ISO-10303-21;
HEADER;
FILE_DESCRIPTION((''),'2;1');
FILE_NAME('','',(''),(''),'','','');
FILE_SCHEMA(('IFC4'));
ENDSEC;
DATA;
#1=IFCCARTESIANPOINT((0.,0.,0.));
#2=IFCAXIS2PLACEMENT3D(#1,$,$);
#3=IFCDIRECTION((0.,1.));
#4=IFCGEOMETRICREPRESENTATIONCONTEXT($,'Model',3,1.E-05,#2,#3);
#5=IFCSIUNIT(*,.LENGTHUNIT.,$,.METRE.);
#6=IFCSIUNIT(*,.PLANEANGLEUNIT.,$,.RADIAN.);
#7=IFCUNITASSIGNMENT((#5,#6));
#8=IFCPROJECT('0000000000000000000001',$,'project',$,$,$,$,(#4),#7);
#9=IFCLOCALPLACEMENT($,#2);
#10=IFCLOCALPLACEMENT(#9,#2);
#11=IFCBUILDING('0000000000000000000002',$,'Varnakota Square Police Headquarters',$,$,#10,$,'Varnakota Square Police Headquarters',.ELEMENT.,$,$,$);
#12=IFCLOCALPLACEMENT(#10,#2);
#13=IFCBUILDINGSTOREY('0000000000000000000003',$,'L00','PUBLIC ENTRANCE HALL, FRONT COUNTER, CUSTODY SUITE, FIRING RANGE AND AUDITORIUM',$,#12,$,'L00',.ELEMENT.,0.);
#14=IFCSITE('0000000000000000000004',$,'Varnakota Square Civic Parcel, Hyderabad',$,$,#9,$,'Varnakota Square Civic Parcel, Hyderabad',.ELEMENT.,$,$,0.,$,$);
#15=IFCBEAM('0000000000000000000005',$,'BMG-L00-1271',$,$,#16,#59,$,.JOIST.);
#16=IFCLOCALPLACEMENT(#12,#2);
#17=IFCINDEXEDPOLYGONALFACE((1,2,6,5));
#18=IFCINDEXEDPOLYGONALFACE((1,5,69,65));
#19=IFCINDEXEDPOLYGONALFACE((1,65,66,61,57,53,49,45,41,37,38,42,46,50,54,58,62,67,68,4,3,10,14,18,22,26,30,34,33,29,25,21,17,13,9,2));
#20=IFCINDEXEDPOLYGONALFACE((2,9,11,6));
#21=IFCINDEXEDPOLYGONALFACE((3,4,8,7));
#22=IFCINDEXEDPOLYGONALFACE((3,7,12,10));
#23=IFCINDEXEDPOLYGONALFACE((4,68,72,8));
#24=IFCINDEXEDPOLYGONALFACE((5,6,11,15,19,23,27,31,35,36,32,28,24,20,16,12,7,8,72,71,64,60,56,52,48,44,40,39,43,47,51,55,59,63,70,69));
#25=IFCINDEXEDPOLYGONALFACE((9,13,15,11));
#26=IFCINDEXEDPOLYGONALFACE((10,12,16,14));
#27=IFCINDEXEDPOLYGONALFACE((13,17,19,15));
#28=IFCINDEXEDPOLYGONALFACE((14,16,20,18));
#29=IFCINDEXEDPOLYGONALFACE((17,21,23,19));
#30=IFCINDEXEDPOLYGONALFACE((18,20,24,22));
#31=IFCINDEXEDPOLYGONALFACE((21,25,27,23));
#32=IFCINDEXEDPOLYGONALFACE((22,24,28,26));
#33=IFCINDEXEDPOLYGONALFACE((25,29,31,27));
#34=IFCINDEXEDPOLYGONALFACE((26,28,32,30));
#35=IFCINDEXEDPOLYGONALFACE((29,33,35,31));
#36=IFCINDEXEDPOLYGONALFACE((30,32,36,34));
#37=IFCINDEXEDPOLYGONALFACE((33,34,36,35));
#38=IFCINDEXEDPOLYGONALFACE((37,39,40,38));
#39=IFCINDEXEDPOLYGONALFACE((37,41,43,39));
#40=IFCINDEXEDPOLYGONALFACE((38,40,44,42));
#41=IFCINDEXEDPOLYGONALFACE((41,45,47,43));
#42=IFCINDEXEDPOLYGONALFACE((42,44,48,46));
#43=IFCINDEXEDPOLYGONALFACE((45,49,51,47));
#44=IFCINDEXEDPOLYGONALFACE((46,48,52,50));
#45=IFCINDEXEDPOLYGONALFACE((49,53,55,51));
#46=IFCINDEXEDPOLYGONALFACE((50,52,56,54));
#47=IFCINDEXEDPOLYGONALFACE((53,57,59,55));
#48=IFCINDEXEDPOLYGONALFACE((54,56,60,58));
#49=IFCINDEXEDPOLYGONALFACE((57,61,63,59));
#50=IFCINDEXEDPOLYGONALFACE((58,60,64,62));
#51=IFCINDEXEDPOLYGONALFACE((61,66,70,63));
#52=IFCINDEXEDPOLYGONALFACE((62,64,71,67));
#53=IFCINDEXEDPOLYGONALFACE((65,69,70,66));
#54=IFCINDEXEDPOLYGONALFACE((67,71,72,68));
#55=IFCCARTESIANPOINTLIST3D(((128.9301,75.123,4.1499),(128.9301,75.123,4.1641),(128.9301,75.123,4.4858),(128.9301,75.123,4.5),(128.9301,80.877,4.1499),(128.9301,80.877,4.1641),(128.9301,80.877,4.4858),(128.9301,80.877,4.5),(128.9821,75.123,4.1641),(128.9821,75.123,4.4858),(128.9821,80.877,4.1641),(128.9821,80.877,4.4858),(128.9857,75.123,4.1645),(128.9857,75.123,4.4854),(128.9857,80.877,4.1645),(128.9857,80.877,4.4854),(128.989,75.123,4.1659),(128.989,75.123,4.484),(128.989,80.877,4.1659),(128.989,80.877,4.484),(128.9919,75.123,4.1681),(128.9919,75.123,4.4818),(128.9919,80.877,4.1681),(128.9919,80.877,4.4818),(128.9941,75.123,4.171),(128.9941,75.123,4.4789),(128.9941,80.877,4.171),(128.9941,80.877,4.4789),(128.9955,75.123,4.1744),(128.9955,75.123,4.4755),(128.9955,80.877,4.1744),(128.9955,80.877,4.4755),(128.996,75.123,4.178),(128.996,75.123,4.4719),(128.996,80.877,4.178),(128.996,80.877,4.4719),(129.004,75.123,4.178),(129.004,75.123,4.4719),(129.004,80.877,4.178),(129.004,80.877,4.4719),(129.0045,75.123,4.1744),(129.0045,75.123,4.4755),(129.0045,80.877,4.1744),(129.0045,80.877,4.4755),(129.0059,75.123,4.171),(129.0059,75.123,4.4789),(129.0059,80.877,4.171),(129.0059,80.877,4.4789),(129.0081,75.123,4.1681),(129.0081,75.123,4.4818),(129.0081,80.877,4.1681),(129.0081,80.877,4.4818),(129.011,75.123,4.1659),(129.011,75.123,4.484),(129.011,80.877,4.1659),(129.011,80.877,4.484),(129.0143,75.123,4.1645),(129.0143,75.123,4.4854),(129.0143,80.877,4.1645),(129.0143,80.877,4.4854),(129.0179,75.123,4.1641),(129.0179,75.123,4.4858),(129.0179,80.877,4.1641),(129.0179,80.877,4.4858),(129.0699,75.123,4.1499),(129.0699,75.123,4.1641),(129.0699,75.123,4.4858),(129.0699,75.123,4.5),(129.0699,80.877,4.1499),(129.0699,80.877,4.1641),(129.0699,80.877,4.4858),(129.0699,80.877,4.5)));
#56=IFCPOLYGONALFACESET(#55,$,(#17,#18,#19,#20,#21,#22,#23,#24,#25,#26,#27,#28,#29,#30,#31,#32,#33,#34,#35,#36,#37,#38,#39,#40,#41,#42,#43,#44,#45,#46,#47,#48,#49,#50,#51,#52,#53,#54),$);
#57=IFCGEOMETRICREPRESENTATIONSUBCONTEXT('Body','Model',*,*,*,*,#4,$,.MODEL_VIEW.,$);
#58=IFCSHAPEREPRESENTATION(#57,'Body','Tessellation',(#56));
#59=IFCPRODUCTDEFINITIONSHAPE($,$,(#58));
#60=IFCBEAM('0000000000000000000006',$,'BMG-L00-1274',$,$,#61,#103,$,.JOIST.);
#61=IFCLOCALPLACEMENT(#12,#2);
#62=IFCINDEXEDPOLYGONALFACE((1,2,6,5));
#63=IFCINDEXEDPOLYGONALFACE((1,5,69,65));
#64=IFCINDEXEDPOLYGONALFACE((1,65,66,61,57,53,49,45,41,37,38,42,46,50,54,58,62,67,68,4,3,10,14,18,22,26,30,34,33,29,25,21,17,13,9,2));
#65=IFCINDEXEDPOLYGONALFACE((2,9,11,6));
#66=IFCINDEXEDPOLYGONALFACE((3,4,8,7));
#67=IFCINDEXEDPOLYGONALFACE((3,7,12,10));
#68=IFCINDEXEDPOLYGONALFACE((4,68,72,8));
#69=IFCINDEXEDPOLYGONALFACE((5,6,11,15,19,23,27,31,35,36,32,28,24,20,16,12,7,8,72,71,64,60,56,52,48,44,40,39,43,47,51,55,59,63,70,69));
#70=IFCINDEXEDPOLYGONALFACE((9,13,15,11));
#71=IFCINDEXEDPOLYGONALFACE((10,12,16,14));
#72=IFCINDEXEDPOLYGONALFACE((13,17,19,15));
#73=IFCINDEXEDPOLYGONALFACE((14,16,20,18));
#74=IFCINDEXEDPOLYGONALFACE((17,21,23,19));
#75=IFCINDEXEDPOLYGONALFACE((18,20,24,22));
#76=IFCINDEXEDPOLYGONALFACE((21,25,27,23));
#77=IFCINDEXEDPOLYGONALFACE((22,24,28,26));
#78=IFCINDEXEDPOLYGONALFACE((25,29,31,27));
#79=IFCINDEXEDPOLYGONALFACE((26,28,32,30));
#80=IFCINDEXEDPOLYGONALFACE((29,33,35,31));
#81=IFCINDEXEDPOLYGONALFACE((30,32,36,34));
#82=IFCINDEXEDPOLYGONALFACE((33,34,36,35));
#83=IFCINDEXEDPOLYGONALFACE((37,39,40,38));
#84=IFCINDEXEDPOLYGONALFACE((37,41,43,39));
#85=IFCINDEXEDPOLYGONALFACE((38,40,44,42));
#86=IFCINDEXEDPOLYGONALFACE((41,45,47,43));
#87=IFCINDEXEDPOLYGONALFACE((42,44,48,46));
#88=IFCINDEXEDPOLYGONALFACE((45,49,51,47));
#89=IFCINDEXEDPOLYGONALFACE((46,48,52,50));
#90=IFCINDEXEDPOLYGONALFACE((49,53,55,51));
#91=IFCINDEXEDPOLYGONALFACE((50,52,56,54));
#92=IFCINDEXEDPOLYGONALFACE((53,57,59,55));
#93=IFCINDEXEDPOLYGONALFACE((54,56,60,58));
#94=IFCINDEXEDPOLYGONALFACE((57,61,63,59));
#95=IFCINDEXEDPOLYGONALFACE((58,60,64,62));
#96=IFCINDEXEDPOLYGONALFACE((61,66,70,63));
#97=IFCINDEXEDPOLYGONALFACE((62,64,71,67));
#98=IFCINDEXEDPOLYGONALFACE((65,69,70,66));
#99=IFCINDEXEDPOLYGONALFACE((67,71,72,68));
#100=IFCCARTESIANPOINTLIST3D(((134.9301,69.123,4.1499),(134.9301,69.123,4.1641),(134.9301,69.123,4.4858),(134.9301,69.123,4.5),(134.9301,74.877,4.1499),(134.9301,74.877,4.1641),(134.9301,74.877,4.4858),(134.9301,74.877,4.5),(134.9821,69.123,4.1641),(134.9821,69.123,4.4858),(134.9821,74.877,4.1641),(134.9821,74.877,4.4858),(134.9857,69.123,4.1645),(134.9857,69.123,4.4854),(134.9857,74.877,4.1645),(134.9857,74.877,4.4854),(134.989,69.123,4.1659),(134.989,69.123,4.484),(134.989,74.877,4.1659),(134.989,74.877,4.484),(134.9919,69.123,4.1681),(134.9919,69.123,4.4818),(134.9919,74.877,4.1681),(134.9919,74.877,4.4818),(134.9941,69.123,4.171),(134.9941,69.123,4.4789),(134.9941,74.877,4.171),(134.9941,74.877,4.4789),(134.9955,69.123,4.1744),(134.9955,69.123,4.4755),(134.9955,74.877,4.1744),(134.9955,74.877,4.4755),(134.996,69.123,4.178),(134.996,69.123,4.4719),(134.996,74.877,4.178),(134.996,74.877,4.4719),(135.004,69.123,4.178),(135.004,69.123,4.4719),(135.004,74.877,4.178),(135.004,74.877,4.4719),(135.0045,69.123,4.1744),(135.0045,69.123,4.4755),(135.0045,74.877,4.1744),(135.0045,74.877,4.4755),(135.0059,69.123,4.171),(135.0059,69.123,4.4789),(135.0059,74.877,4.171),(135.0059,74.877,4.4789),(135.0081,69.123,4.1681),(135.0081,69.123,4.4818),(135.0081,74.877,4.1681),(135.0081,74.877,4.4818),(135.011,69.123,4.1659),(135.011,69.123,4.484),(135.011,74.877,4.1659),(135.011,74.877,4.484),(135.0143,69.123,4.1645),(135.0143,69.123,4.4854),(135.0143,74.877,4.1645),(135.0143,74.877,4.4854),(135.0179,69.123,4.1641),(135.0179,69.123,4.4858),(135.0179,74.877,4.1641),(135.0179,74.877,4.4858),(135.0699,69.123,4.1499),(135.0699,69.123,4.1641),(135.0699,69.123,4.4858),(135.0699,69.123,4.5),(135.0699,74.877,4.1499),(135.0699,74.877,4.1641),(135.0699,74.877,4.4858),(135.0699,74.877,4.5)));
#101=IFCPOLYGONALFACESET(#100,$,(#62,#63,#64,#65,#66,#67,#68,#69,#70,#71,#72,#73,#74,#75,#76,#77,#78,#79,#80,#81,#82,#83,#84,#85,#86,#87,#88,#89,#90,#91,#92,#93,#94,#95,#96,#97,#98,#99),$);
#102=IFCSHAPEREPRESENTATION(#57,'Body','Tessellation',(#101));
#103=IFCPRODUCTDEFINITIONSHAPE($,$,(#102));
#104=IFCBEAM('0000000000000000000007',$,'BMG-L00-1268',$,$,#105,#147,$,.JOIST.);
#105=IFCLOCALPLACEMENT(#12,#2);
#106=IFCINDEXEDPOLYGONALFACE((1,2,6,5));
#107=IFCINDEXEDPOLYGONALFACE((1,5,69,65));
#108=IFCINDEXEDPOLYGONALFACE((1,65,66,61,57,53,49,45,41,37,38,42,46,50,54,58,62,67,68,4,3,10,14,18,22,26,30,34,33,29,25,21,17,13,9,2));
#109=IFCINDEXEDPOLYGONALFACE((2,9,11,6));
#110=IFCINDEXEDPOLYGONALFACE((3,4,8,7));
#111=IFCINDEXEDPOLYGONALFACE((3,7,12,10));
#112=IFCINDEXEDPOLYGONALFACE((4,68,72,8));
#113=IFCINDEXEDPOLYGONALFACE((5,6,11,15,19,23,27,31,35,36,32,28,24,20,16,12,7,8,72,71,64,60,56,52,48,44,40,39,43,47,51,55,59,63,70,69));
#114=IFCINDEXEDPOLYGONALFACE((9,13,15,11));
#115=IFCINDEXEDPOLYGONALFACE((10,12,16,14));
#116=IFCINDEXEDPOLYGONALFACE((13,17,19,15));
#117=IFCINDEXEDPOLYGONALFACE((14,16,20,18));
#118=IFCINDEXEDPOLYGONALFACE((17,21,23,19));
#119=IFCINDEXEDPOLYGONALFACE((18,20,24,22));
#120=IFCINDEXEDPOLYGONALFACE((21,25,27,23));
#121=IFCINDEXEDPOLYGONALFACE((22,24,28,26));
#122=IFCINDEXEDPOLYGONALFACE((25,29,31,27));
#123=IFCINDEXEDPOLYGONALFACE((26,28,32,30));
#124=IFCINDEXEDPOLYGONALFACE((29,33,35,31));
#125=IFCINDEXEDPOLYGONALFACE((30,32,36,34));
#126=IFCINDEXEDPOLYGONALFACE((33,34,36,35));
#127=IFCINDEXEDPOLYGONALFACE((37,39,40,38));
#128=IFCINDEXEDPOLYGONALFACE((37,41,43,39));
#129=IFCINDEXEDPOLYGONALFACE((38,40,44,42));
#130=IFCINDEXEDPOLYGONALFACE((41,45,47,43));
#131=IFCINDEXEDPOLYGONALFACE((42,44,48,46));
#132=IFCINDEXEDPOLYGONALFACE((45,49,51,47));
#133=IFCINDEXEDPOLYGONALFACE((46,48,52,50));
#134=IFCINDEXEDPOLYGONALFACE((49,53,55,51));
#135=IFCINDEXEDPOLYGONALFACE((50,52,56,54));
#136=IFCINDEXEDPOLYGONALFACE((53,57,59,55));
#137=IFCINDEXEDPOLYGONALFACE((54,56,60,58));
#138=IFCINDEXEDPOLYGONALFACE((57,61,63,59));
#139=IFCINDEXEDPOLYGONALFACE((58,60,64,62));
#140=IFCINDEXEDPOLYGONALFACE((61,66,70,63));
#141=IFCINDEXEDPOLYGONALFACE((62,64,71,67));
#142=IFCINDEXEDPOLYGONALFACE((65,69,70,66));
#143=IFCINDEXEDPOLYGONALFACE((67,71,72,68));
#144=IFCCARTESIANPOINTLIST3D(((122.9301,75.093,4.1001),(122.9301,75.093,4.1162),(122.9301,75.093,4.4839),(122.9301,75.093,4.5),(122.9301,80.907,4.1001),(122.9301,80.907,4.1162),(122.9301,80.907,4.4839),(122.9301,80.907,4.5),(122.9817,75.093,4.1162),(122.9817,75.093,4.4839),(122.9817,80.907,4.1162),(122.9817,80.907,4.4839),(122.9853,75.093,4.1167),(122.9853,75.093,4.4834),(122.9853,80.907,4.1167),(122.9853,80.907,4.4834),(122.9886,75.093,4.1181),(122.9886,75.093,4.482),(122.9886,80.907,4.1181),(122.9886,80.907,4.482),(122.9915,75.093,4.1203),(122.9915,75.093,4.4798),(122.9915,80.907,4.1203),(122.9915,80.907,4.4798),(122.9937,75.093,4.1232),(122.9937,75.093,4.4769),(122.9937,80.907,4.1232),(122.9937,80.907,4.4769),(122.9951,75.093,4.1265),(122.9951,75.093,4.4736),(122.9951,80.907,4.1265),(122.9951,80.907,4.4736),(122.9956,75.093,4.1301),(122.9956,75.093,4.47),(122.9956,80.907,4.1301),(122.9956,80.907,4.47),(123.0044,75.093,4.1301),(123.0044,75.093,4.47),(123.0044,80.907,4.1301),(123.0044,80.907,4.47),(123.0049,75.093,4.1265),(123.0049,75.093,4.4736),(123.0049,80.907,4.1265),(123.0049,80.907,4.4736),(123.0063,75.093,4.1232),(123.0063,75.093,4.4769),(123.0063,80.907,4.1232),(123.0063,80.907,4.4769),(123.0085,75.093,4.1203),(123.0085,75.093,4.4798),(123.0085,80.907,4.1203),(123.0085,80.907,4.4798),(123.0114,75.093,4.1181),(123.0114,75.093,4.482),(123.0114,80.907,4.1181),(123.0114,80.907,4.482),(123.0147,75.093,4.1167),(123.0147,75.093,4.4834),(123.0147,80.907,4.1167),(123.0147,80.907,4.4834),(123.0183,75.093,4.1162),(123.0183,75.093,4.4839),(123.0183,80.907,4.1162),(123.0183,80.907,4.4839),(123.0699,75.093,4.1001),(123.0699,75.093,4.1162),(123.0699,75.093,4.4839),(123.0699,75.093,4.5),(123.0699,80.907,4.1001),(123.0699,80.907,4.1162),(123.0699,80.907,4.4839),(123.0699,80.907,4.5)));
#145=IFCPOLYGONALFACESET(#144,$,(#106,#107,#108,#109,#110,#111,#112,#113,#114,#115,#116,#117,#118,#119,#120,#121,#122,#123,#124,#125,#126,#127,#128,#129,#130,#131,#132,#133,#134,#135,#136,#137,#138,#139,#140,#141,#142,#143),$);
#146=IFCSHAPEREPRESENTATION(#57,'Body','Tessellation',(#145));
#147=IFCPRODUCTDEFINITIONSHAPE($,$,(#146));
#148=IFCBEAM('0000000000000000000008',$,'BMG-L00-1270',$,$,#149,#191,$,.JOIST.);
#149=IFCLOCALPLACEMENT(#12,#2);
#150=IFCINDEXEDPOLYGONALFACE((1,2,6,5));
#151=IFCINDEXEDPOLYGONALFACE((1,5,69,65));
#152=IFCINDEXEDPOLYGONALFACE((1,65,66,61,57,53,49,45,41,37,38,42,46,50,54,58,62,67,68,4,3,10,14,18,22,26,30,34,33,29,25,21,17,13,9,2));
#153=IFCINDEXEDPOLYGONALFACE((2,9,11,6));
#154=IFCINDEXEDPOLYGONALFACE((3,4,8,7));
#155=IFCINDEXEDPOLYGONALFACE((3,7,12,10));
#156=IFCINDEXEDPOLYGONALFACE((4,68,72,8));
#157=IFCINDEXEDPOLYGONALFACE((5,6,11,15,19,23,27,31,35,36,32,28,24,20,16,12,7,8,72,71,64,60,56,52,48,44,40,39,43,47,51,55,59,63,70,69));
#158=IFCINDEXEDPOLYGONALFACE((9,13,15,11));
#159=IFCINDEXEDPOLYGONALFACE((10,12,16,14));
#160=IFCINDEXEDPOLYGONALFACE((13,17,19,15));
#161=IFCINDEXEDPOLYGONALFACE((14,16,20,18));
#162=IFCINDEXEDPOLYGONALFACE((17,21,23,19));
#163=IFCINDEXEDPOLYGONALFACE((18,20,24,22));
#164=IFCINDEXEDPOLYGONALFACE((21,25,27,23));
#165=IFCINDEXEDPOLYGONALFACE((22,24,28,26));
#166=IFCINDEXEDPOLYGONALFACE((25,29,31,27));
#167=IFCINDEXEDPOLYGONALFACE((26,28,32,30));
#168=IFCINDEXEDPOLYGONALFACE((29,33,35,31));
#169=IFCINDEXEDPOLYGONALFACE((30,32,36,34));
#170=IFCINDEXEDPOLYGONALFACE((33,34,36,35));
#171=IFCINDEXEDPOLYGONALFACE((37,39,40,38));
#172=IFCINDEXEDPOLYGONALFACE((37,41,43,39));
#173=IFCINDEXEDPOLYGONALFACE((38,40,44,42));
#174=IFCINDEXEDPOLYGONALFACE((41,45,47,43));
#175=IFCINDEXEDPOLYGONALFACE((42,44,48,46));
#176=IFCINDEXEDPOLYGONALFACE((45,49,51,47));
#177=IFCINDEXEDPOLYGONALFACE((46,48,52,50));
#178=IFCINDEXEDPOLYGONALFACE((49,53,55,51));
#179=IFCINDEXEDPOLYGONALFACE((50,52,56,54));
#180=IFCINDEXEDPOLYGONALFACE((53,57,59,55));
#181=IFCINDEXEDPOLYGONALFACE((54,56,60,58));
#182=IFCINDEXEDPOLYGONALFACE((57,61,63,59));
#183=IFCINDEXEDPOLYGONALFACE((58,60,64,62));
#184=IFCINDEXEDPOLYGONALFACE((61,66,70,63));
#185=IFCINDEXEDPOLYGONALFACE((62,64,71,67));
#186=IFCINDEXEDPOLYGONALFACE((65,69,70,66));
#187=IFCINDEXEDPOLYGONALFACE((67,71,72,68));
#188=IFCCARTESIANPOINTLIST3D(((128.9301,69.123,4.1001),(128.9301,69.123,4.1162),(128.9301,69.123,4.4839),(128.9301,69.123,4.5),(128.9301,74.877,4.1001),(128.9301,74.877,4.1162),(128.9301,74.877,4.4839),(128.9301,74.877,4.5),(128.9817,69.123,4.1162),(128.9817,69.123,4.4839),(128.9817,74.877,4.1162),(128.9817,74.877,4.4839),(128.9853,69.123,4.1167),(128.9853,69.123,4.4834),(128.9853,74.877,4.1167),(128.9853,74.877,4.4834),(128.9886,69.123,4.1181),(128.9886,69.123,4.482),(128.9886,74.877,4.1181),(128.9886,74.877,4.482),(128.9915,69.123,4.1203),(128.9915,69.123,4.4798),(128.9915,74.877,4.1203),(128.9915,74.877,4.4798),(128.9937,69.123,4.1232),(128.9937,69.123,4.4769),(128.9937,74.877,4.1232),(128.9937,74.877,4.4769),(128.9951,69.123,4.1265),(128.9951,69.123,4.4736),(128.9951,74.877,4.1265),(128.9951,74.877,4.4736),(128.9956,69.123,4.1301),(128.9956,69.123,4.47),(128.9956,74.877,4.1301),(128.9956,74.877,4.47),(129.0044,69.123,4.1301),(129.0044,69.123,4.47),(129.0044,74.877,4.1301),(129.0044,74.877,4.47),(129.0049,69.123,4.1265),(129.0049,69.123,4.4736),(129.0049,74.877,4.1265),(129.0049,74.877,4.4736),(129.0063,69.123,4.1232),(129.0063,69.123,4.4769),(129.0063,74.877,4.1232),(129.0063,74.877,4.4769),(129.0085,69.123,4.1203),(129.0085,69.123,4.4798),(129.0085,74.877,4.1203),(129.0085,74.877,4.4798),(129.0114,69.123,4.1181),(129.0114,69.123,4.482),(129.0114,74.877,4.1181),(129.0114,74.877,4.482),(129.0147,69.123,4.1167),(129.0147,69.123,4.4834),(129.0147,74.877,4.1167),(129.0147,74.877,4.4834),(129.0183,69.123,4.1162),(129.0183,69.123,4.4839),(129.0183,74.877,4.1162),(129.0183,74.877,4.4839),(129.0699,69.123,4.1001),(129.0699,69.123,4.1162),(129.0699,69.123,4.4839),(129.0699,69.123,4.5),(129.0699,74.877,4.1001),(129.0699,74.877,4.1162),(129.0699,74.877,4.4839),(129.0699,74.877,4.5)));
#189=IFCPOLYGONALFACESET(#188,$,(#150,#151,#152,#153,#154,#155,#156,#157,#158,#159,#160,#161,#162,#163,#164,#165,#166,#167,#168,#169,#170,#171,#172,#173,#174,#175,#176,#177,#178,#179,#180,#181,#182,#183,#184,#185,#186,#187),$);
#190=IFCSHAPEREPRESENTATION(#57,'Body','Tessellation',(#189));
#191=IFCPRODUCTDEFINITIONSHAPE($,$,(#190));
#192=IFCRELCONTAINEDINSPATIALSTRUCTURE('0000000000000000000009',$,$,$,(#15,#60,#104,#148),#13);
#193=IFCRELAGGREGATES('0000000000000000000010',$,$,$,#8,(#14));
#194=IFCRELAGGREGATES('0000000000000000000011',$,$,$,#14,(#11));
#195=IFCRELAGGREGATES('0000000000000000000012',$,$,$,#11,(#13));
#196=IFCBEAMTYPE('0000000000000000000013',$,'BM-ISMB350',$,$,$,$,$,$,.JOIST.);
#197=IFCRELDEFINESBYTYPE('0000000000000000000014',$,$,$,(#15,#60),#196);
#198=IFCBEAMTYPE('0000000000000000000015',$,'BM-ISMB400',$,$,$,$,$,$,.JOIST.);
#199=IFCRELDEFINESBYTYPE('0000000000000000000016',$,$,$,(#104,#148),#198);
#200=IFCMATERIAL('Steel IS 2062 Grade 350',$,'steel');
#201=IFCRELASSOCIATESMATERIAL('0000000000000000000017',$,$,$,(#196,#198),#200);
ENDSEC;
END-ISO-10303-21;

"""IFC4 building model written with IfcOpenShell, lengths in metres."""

from ifc_helpers import new_model, si_unit, direction, frame, origin, origin_2d, place, context, subcontext, project, spatial, i_section, extrude, material, material_profile, profile_set, type_object, element, save


model = new_model("IFC4")

# Units and contexts
model_context = context("Model", 3, precision=1e-05, world=origin(), true_north=direction((0.0, 1.0)))
body_context = subcontext(model_context, "Body", "Model", "MODEL_VIEW")
ifc_project = project(units=[si_unit("LENGTHUNIT", "METRE"), si_unit("PLANEANGLEUNIT", "RADIAN")], contexts=[model_context])

# Site, building, storey
site_placement = place(None, origin())
site = spatial("IfcSite", under=ifc_project, at=site_placement, Name="Varnakota Square Civic Parcel, Hyderabad", LongName="Varnakota Square Civic Parcel, Hyderabad", CompositionType="ELEMENT", RefElevation=0.0)
building_placement = place(site_placement, origin())
building = spatial("IfcBuilding", under=site, at=building_placement, Name="Varnakota Square Police Headquarters", LongName="Varnakota Square Police Headquarters", CompositionType="ELEMENT")
storey_placement = place(building_placement, origin())
storey = spatial("IfcBuildingStorey", under=building, at=storey_placement, Name="L00", Description="PUBLIC ENTRANCE HALL, FRONT COUNTER, CUSTODY SUITE, FIRING RANGE AND AUDITORIUM", LongName="L00", CompositionType="ELEMENT", Elevation=0.0)

# Beams
ifc_material_1 = material(Name="Steel IS 2062 Grade 350", Category="steel")
ifc_material_profile_1 = material_profile(ifc_material_1, i_section(OverallWidth=0.1399, OverallDepth=0.3501, WebThickness=0.0081, FlangeThickness=0.0142, FilletRadius=0.0139, at=origin_2d()), Name="ISMB 350")
ifc_profile_set_1 = profile_set([ifc_material_profile_1], Name="Steel IS 2062 Grade 350")
beam_type_1 = type_object("IfcBeamType", Name="BM-ISMB350", PredefinedType="JOIST", material=ifc_profile_set_1)
for number, where, z_axis, x_axis, name in (
    (1, (129.0, 75.123, 4.325), (0.0, 1.0, 0.0), (-1.0, 0.0, 0.0), "BMG-L00-1271"),
    (2, (135.0, 69.123, 4.325), (0.0, 1.0, 0.0), (-1.0, 0.0, 0.0), "BMG-L00-1274"),
):
    element("IfcBeam", number, at=place(storey_placement, frame(where, z_axis=z_axis, x_axis=x_axis)), inside=storey, type_object=beam_type_1, Name=name, PredefinedType="JOIST", context=body_context, shape_type="SweptSolid", body=[
        extrude(i_section(OverallWidth=0.1399, OverallDepth=0.3501, WebThickness=0.0081, FlangeThickness=0.0142, FilletRadius=0.0139, at=origin_2d()), origin(), (0.0, 0.0, 1.0), 5.7539),
    ])
ifc_material_profile_2 = material_profile(ifc_material_1, i_section(OverallWidth=0.1399, OverallDepth=0.3999, WebThickness=0.0088, FlangeThickness=0.0161, FilletRadius=0.0139, at=origin_2d()), Name="ISMB 400")
ifc_profile_set_2 = profile_set([ifc_material_profile_2], Name="Steel IS 2062 Grade 350")
beam_type_2 = type_object("IfcBeamType", Name="BM-ISMB400", PredefinedType="JOIST", material=ifc_profile_set_2)
beam_1_placement = place(storey_placement, frame((123.0, 75.093, 4.3), z_axis=(0.0, 1.0, 0.0), x_axis=(-1.0, 0.0, 0.0)))
element("IfcBeam", 3, at=beam_1_placement, inside=storey, type_object=beam_type_2, Name="BMG-L00-1268", PredefinedType="JOIST", context=body_context, shape_type="SweptSolid", body=[
    extrude(i_section(OverallWidth=0.1399, OverallDepth=0.3999, WebThickness=0.0088, FlangeThickness=0.0161, FilletRadius=0.0139, at=origin_2d()), origin(), (0.0, 0.0, 1.0), 5.814),
])
beam_2_placement = place(storey_placement, frame((129.0, 69.123, 4.3), z_axis=(0.0, 1.0, 0.0), x_axis=(-1.0, 0.0, 0.0)))
element("IfcBeam", 4, at=beam_2_placement, inside=storey, type_object=beam_type_2, Name="BMG-L00-1270", PredefinedType="JOIST", context=body_context, shape_type="SweptSolid", body=[
    extrude(i_section(OverallWidth=0.1399, OverallDepth=0.3999, WebThickness=0.0088, FlangeThickness=0.0161, FilletRadius=0.0139, at=origin_2d()), origin(), (0.0, 0.0, 1.0), 5.7539),
])

save(model, "model.ifc")
